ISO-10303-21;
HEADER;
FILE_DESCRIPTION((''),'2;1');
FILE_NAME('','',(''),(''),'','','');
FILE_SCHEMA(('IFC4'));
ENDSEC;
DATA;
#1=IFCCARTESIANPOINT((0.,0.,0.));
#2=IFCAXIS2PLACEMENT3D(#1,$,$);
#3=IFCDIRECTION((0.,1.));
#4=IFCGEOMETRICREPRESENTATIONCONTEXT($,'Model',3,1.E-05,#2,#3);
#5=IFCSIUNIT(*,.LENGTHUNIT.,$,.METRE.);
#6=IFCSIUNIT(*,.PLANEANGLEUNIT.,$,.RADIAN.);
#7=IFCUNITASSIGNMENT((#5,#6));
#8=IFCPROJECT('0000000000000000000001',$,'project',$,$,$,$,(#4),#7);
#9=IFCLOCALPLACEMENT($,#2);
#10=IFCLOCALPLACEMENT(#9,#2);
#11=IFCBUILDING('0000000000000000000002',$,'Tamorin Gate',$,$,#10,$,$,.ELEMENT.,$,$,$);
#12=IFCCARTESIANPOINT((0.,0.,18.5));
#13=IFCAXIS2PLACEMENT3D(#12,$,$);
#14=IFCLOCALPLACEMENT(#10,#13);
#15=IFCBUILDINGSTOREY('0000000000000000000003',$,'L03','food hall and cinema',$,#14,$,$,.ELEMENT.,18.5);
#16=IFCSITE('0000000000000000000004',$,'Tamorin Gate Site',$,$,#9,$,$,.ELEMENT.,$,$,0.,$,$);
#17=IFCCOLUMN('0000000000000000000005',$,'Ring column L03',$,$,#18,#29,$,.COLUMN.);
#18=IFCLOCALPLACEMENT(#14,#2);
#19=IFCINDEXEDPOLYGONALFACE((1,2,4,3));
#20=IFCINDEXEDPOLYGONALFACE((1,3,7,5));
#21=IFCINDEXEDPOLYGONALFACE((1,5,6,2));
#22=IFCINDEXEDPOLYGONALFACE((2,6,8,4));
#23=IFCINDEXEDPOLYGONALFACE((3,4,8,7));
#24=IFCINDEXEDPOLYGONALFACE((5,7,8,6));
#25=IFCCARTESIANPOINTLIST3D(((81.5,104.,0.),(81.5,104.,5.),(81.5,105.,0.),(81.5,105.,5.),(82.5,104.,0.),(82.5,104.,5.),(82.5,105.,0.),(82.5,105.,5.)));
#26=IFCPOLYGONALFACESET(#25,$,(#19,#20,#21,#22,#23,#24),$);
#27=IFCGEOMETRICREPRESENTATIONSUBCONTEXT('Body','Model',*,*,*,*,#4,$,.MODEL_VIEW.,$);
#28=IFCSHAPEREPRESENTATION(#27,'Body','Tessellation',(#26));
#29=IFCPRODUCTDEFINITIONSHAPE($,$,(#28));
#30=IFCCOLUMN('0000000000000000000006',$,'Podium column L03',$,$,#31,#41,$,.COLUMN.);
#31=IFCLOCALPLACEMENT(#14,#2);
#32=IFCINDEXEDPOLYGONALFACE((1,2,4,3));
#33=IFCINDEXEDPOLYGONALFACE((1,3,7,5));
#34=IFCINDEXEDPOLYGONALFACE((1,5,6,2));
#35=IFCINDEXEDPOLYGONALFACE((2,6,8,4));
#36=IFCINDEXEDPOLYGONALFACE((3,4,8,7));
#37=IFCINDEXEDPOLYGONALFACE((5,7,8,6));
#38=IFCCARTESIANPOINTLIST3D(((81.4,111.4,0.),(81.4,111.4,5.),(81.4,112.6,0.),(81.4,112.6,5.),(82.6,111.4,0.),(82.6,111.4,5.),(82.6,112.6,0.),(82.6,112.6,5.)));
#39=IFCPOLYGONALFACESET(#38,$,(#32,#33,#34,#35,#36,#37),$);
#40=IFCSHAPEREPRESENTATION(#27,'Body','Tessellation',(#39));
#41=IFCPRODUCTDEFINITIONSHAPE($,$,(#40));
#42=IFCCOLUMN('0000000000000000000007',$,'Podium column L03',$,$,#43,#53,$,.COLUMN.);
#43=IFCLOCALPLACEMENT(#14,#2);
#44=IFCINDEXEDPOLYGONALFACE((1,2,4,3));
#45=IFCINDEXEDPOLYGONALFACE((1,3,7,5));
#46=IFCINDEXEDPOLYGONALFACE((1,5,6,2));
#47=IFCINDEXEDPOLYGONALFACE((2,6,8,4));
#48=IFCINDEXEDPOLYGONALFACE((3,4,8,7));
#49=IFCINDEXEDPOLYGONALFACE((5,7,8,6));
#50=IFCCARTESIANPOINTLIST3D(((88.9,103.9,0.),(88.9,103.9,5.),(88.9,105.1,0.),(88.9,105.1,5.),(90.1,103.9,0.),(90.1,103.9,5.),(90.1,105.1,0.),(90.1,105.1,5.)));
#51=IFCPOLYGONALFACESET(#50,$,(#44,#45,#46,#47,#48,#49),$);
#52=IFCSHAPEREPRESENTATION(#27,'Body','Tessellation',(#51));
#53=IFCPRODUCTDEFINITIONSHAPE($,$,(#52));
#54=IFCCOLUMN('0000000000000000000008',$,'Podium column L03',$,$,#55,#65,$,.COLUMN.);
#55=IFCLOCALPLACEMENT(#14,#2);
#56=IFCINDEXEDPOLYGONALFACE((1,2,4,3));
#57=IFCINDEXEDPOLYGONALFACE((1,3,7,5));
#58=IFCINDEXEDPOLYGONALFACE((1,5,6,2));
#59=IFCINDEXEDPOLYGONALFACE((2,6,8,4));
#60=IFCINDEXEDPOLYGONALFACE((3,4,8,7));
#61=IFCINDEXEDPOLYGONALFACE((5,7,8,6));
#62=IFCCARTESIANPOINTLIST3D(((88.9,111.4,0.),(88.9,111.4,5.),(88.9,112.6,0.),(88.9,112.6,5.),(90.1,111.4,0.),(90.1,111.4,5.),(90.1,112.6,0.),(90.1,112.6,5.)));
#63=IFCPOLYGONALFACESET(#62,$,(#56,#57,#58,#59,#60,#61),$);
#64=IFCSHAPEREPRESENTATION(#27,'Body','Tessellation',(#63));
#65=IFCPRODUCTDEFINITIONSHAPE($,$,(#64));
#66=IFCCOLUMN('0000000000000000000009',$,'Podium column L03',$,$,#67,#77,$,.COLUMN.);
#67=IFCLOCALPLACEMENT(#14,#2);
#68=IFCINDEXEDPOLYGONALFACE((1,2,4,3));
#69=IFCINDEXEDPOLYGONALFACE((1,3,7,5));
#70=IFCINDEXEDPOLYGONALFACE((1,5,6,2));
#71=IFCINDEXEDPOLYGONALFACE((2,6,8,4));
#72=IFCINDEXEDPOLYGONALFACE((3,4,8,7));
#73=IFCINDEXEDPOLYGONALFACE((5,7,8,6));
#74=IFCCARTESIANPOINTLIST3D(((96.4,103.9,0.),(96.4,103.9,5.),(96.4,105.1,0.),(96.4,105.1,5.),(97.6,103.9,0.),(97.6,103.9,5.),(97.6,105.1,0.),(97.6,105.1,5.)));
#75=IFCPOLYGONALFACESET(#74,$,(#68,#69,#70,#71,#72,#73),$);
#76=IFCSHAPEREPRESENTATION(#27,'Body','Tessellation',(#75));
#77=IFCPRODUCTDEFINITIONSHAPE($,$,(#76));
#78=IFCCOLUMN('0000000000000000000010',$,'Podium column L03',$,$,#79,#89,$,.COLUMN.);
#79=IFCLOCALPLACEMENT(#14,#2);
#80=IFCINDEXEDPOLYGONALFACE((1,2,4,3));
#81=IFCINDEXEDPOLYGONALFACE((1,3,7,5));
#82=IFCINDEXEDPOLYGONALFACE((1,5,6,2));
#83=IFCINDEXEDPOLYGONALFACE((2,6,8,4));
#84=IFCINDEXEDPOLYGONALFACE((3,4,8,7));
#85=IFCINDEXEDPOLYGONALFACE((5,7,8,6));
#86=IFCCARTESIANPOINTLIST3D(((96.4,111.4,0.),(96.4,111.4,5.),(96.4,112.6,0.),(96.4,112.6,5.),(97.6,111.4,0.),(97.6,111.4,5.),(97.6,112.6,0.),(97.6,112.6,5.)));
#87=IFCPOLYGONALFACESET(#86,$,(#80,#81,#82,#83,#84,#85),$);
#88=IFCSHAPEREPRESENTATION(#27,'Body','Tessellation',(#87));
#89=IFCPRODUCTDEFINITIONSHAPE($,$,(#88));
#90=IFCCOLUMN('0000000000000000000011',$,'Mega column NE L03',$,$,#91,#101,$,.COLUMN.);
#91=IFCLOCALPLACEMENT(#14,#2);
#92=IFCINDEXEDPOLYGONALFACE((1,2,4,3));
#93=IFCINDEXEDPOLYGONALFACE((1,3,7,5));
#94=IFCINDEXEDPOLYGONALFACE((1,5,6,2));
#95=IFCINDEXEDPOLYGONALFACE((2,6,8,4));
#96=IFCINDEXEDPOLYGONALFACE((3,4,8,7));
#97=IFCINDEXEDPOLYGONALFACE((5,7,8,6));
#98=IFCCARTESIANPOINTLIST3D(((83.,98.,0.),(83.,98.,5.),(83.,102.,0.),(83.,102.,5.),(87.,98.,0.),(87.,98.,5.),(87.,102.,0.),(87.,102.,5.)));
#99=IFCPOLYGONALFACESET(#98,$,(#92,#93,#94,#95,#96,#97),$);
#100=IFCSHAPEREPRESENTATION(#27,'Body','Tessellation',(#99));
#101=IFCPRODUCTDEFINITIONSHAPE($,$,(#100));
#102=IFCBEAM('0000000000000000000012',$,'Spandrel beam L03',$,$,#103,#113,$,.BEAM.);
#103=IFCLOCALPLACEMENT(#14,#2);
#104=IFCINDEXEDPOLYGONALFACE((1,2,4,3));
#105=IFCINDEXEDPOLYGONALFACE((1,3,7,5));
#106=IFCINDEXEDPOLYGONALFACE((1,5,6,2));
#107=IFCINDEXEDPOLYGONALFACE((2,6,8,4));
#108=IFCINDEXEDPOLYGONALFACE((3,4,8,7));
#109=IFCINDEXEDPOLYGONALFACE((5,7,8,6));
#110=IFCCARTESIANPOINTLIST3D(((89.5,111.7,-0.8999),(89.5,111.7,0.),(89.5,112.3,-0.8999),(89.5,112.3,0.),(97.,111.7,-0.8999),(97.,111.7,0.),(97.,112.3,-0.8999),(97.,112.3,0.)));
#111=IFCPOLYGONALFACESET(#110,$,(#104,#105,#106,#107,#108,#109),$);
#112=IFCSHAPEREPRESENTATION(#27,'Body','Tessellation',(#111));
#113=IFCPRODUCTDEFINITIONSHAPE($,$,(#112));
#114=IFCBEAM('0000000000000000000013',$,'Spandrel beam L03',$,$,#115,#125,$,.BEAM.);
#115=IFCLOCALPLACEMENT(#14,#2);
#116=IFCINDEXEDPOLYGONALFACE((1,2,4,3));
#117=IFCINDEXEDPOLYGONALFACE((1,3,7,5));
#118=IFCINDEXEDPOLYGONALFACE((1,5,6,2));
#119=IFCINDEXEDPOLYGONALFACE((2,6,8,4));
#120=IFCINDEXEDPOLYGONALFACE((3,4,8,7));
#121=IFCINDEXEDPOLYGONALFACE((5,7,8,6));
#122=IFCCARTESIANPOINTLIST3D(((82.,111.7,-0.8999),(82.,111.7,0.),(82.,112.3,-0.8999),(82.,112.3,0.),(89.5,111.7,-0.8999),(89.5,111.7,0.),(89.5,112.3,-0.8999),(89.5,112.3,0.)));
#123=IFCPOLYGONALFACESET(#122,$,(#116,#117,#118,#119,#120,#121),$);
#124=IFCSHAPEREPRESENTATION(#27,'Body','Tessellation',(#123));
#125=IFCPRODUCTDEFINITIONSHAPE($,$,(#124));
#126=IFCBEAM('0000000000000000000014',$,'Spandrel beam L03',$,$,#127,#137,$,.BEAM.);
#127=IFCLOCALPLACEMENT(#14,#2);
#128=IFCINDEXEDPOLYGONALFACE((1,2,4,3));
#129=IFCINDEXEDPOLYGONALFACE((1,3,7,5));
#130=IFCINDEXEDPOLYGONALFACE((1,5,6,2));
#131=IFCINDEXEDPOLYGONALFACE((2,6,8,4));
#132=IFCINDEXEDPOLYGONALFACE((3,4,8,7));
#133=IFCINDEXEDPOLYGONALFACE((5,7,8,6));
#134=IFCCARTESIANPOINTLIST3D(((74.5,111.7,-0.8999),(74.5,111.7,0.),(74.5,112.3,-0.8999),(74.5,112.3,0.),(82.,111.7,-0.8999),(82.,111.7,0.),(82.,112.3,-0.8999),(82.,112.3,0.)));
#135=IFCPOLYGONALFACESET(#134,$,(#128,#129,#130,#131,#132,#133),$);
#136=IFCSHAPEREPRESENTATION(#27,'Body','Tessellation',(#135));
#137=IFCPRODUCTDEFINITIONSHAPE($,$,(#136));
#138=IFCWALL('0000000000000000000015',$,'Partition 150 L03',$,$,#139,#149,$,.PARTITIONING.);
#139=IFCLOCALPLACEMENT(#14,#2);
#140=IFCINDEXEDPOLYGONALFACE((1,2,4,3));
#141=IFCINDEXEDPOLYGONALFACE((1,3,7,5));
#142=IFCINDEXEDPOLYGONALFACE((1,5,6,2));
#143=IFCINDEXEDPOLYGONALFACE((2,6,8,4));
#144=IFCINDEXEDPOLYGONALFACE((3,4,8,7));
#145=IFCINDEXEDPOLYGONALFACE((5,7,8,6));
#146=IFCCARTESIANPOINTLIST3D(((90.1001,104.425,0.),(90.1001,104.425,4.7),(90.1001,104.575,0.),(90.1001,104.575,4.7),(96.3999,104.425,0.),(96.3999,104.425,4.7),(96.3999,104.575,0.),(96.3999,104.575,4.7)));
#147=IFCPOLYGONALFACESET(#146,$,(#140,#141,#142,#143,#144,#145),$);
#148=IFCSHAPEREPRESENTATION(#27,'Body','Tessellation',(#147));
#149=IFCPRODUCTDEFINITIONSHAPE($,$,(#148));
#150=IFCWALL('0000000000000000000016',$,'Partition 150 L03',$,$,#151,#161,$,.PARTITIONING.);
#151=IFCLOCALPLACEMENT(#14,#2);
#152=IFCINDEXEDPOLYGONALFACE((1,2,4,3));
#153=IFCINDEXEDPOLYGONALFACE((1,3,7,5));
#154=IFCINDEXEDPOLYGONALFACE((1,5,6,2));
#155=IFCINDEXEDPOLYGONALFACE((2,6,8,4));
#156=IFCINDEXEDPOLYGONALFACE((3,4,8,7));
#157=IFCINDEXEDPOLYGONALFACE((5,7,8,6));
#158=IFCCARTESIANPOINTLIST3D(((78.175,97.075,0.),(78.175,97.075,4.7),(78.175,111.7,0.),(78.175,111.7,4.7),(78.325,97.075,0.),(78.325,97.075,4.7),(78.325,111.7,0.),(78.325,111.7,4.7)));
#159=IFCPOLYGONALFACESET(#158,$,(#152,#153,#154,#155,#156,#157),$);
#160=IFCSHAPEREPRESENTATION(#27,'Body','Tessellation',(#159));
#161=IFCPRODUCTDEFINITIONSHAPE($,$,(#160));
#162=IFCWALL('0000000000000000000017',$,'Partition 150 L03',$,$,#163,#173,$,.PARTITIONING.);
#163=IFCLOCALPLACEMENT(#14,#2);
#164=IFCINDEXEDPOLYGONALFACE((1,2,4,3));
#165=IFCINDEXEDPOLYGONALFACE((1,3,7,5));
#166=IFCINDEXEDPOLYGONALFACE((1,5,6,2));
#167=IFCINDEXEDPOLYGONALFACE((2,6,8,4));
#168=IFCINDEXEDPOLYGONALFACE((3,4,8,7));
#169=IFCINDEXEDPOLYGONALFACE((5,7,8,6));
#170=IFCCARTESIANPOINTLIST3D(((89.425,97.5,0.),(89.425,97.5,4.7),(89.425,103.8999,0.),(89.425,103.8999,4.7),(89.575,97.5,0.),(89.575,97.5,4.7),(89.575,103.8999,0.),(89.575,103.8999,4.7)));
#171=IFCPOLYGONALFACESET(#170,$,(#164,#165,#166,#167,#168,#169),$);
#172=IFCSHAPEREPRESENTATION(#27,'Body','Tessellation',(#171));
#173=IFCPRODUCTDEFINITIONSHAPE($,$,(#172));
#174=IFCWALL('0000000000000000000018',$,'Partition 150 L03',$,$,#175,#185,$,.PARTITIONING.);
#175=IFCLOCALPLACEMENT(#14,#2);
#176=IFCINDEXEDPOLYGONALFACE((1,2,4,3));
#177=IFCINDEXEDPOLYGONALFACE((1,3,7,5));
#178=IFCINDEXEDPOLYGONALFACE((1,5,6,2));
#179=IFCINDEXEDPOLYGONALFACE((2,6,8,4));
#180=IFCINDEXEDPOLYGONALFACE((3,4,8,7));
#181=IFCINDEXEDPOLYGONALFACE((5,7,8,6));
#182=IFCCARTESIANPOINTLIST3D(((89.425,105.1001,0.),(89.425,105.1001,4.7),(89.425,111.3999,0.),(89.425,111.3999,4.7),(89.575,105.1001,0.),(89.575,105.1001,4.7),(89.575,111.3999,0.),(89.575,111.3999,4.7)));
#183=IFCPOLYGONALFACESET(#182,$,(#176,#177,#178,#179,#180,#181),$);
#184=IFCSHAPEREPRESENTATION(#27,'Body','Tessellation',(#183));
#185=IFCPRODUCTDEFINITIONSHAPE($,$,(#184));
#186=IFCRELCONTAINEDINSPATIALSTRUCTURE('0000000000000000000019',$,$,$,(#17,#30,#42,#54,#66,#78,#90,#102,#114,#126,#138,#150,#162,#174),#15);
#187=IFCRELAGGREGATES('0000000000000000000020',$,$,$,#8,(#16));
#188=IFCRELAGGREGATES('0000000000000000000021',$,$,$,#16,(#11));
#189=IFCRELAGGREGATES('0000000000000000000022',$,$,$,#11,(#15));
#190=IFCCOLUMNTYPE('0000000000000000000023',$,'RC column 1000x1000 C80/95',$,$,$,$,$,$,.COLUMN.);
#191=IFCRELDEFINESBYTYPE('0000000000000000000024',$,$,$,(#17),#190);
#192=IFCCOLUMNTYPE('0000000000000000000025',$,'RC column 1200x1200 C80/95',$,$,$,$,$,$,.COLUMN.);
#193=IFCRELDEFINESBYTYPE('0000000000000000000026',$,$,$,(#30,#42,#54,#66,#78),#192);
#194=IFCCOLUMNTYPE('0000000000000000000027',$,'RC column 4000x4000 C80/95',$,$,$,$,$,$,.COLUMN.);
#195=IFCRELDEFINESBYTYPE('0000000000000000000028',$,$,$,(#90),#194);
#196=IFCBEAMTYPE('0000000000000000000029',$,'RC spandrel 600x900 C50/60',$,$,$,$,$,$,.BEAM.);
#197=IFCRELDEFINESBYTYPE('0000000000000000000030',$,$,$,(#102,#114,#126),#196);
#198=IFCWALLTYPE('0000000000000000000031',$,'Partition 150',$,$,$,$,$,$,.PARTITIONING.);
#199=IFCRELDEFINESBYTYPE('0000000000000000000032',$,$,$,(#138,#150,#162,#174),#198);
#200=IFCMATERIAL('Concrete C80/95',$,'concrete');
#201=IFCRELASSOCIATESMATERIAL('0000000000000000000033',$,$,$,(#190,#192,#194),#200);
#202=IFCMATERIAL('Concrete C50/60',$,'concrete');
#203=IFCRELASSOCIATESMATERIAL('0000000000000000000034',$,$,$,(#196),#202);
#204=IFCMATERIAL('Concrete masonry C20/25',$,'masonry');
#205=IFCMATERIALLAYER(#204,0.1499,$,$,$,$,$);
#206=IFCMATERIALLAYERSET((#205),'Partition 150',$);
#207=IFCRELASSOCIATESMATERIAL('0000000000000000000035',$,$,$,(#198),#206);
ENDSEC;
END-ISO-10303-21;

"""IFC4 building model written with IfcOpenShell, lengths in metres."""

from ifc_helpers import new_model, si_unit, direction, frame, frame_2d, origin, origin_2d, place, context, subcontext, project, spatial, rectangle, extrude, material, layer, layer_set, material_profile, profile_set, type_object, element, save


model = new_model("IFC4")

# Units and contexts
model_context = context("Model", 3, precision=1e-05, world=origin(), true_north=direction((0.0, 1.0)))
body_context = subcontext(model_context, "Body", "Model", "MODEL_VIEW")
ifc_project = project(units=[si_unit("LENGTHUNIT", "METRE"), si_unit("PLANEANGLEUNIT", "RADIAN")], contexts=[model_context])

# Site, building, storey
site_placement = place(None, origin())
site = spatial("IfcSite", under=ifc_project, at=site_placement, Name="Tamorin Gate Site", CompositionType="ELEMENT", RefElevation=0.0)
building_placement = place(site_placement, origin())
building = spatial("IfcBuilding", under=site, at=building_placement, Name="Tamorin Gate", CompositionType="ELEMENT")
storey_placement = place(building_placement, frame((0.0, 0.0, 18.5)))
storey = spatial("IfcBuildingStorey", under=building, at=storey_placement, Name="L03", Description="food hall and cinema", CompositionType="ELEMENT", Elevation=18.5)

# Columns
ifc_material_1 = material(Name="Concrete C80/95", Category="concrete")
ifc_material_profile_1 = material_profile(ifc_material_1, rectangle(XDim=1.0, YDim=1.0, at=origin_2d()), Name="RC 1000x1000")
ifc_profile_set_1 = profile_set([ifc_material_profile_1], Name="Concrete C80/95")
column_type_1 = type_object("IfcColumnType", Name="RC column 1000x1000 C80/95", PredefinedType="COLUMN", material=ifc_profile_set_1)
column_1_placement = place(storey_placement, frame((82.0, 104.5, 0.0), z_axis=(0.0, 0.0, 1.0), x_axis=(1.0, 0.0, 0.0)))
element("IfcColumn", 1, at=column_1_placement, inside=storey, type_object=column_type_1, Name="Ring column L03", PredefinedType="COLUMN", context=body_context, shape_type="SweptSolid", body=[
    extrude(rectangle(XDim=1.0, YDim=1.0, at=origin_2d()), origin(), (0.0, 0.0, 1.0), 5.0),
])
ifc_material_profile_2 = material_profile(ifc_material_1, rectangle(XDim=1.2, YDim=1.2, at=origin_2d()), Name="RC 1200x1200")
ifc_profile_set_2 = profile_set([ifc_material_profile_2], Name="Concrete C80/95")
column_type_2 = type_object("IfcColumnType", Name="RC column 1200x1200 C80/95", PredefinedType="COLUMN", material=ifc_profile_set_2)
for number, where, z_axis, x_axis, name in (
    (2, (82.0, 112.0, 0.0), (0.0, 0.0, 1.0), (1.0, 0.0, 0.0), "Podium column L03"),
    (3, (89.5, 104.5, 0.0), (0.0, 0.0, 1.0), (1.0, 0.0, 0.0), "Podium column L03"),
    (4, (89.5, 112.0, 0.0), (0.0, 0.0, 1.0), (1.0, 0.0, 0.0), "Podium column L03"),
    (5, (97.0, 104.5, 0.0), (0.0, 0.0, 1.0), (1.0, 0.0, 0.0), "Podium column L03"),
    (6, (97.0, 112.0, 0.0), (0.0, 0.0, 1.0), (1.0, 0.0, 0.0), "Podium column L03"),
):
    element("IfcColumn", number, at=place(storey_placement, frame(where, z_axis=z_axis, x_axis=x_axis)), inside=storey, type_object=column_type_2, Name=name, PredefinedType="COLUMN", context=body_context, shape_type="SweptSolid", body=[
        extrude(rectangle(XDim=1.2, YDim=1.2, at=origin_2d()), origin(), (0.0, 0.0, 1.0), 5.0),
    ])
ifc_material_profile_3 = material_profile(ifc_material_1, rectangle(XDim=4.0, YDim=4.0, at=origin_2d()), Name="RC 4000x4000")
ifc_profile_set_3 = profile_set([ifc_material_profile_3], Name="Concrete C80/95")
column_type_3 = type_object("IfcColumnType", Name="RC column 4000x4000 C80/95", PredefinedType="COLUMN", material=ifc_profile_set_3)
column_2_placement = place(storey_placement, frame((85.0, 100.0, 0.0), z_axis=(0.0, 0.0, 1.0), x_axis=(1.0, 0.0, 0.0)))
element("IfcColumn", 7, at=column_2_placement, inside=storey, type_object=column_type_3, Name="Mega column NE L03", PredefinedType="COLUMN", context=body_context, shape_type="SweptSolid", body=[
    extrude(rectangle(XDim=4.0, YDim=4.0, at=origin_2d()), origin(), (0.0, 0.0, 1.0), 5.0),
])

# Beams
ifc_material_2 = material(Name="Concrete C50/60", Category="concrete")
ifc_material_profile_4 = material_profile(ifc_material_2, rectangle(XDim=0.6001, YDim=0.8999, at=origin_2d()), Name="RC 600x900")
ifc_profile_set_4 = profile_set([ifc_material_profile_4], Name="Concrete C50/60")
beam_type = type_object("IfcBeamType", Name="RC spandrel 600x900 C50/60", PredefinedType="BEAM", material=ifc_profile_set_4)
for number, where, z_axis, x_axis, name in (
    (8, (97.0, 112.0, -0.45), (-1.0, 0.0, 0.0), (0.0, -1.0, 0.0), "Spandrel beam L03"),
    (9, (89.5, 112.0, -0.45), (-1.0, 0.0, 0.0), (0.0, -1.0, 0.0), "Spandrel beam L03"),
    (10, (82.0, 112.0, -0.45), (-1.0, 0.0, 0.0), (0.0, -1.0, 0.0), "Spandrel beam L03"),
):
    element("IfcBeam", number, at=place(storey_placement, frame(where, z_axis=z_axis, x_axis=x_axis)), inside=storey, type_object=beam_type, Name=name, PredefinedType="BEAM", context=body_context, shape_type="SweptSolid", body=[
        extrude(rectangle(XDim=0.6001, YDim=0.8999, at=origin_2d()), origin(), (0.0, 0.0, 1.0), 7.5),
    ])

# Walls
ifc_material_3 = material(Name="Concrete masonry C20/25", Category="masonry")
ifc_layer_1 = layer(ifc_material_3, 0.1499)
ifc_layer_set_1 = layer_set([ifc_layer_1], Name="Partition 150")
wall_type_1 = type_object("IfcWallType", Name="Partition 150", PredefinedType="PARTITIONING", material=ifc_layer_set_1)
wall_1_placement = place(storey_placement, frame((90.1001, 104.5, 0.0), z_axis=(0.0, 0.0, 1.0), x_axis=(1.0, 0.0, 0.0)))
element("IfcWall", 11, at=wall_1_placement, inside=storey, type_object=wall_type_1, Name="Partition 150 L03", PredefinedType="PARTITIONING", context=body_context, shape_type="SweptSolid", body=[
    extrude(rectangle(XDim=6.2998, YDim=0.1499, at=frame_2d((3.1499, 0.0))), origin(), (0.0, 0.0, 1.0), 4.7),
])
wall_2_placement = place(storey_placement, frame((78.25, 97.075, 0.0), z_axis=(0.0, 0.0, 1.0), x_axis=(0.0, 1.0, 0.0)))
element("IfcWall", 12, at=wall_2_placement, inside=storey, type_object=wall_type_1, Name="Partition 150 L03", PredefinedType="PARTITIONING", context=body_context, shape_type="SweptSolid", body=[
    extrude(rectangle(XDim=14.625, YDim=0.1499, at=frame_2d((7.3125, 0.0))), origin(), (0.0, 0.0, 1.0), 4.7),
])
wall_3_placement = place(storey_placement, frame((89.5, 97.5, 0.0), z_axis=(0.0, 0.0, 1.0), x_axis=(0.0, 1.0, 0.0)))
element("IfcWall", 13, at=wall_3_placement, inside=storey, type_object=wall_type_1, Name="Partition 150 L03", PredefinedType="PARTITIONING", context=body_context, shape_type="SweptSolid", body=[
    extrude(rectangle(XDim=6.3999, YDim=0.1499, at=frame_2d((3.2, 0.0))), origin(), (0.0, 0.0, 1.0), 4.7),
])
wall_4_placement = place(storey_placement, frame((89.5, 105.1001, 0.0), z_axis=(0.0, 0.0, 1.0), x_axis=(0.0, 1.0, 0.0)))
element("IfcWall", 14, at=wall_4_placement, inside=storey, type_object=wall_type_1, Name="Partition 150 L03", PredefinedType="PARTITIONING", context=body_context, shape_type="SweptSolid", body=[
    extrude(rectangle(XDim=6.2998, YDim=0.1499, at=frame_2d((3.1499, 0.0))), origin(), (0.0, 0.0, 1.0), 4.7),
])

save(model, "model.ifc")
